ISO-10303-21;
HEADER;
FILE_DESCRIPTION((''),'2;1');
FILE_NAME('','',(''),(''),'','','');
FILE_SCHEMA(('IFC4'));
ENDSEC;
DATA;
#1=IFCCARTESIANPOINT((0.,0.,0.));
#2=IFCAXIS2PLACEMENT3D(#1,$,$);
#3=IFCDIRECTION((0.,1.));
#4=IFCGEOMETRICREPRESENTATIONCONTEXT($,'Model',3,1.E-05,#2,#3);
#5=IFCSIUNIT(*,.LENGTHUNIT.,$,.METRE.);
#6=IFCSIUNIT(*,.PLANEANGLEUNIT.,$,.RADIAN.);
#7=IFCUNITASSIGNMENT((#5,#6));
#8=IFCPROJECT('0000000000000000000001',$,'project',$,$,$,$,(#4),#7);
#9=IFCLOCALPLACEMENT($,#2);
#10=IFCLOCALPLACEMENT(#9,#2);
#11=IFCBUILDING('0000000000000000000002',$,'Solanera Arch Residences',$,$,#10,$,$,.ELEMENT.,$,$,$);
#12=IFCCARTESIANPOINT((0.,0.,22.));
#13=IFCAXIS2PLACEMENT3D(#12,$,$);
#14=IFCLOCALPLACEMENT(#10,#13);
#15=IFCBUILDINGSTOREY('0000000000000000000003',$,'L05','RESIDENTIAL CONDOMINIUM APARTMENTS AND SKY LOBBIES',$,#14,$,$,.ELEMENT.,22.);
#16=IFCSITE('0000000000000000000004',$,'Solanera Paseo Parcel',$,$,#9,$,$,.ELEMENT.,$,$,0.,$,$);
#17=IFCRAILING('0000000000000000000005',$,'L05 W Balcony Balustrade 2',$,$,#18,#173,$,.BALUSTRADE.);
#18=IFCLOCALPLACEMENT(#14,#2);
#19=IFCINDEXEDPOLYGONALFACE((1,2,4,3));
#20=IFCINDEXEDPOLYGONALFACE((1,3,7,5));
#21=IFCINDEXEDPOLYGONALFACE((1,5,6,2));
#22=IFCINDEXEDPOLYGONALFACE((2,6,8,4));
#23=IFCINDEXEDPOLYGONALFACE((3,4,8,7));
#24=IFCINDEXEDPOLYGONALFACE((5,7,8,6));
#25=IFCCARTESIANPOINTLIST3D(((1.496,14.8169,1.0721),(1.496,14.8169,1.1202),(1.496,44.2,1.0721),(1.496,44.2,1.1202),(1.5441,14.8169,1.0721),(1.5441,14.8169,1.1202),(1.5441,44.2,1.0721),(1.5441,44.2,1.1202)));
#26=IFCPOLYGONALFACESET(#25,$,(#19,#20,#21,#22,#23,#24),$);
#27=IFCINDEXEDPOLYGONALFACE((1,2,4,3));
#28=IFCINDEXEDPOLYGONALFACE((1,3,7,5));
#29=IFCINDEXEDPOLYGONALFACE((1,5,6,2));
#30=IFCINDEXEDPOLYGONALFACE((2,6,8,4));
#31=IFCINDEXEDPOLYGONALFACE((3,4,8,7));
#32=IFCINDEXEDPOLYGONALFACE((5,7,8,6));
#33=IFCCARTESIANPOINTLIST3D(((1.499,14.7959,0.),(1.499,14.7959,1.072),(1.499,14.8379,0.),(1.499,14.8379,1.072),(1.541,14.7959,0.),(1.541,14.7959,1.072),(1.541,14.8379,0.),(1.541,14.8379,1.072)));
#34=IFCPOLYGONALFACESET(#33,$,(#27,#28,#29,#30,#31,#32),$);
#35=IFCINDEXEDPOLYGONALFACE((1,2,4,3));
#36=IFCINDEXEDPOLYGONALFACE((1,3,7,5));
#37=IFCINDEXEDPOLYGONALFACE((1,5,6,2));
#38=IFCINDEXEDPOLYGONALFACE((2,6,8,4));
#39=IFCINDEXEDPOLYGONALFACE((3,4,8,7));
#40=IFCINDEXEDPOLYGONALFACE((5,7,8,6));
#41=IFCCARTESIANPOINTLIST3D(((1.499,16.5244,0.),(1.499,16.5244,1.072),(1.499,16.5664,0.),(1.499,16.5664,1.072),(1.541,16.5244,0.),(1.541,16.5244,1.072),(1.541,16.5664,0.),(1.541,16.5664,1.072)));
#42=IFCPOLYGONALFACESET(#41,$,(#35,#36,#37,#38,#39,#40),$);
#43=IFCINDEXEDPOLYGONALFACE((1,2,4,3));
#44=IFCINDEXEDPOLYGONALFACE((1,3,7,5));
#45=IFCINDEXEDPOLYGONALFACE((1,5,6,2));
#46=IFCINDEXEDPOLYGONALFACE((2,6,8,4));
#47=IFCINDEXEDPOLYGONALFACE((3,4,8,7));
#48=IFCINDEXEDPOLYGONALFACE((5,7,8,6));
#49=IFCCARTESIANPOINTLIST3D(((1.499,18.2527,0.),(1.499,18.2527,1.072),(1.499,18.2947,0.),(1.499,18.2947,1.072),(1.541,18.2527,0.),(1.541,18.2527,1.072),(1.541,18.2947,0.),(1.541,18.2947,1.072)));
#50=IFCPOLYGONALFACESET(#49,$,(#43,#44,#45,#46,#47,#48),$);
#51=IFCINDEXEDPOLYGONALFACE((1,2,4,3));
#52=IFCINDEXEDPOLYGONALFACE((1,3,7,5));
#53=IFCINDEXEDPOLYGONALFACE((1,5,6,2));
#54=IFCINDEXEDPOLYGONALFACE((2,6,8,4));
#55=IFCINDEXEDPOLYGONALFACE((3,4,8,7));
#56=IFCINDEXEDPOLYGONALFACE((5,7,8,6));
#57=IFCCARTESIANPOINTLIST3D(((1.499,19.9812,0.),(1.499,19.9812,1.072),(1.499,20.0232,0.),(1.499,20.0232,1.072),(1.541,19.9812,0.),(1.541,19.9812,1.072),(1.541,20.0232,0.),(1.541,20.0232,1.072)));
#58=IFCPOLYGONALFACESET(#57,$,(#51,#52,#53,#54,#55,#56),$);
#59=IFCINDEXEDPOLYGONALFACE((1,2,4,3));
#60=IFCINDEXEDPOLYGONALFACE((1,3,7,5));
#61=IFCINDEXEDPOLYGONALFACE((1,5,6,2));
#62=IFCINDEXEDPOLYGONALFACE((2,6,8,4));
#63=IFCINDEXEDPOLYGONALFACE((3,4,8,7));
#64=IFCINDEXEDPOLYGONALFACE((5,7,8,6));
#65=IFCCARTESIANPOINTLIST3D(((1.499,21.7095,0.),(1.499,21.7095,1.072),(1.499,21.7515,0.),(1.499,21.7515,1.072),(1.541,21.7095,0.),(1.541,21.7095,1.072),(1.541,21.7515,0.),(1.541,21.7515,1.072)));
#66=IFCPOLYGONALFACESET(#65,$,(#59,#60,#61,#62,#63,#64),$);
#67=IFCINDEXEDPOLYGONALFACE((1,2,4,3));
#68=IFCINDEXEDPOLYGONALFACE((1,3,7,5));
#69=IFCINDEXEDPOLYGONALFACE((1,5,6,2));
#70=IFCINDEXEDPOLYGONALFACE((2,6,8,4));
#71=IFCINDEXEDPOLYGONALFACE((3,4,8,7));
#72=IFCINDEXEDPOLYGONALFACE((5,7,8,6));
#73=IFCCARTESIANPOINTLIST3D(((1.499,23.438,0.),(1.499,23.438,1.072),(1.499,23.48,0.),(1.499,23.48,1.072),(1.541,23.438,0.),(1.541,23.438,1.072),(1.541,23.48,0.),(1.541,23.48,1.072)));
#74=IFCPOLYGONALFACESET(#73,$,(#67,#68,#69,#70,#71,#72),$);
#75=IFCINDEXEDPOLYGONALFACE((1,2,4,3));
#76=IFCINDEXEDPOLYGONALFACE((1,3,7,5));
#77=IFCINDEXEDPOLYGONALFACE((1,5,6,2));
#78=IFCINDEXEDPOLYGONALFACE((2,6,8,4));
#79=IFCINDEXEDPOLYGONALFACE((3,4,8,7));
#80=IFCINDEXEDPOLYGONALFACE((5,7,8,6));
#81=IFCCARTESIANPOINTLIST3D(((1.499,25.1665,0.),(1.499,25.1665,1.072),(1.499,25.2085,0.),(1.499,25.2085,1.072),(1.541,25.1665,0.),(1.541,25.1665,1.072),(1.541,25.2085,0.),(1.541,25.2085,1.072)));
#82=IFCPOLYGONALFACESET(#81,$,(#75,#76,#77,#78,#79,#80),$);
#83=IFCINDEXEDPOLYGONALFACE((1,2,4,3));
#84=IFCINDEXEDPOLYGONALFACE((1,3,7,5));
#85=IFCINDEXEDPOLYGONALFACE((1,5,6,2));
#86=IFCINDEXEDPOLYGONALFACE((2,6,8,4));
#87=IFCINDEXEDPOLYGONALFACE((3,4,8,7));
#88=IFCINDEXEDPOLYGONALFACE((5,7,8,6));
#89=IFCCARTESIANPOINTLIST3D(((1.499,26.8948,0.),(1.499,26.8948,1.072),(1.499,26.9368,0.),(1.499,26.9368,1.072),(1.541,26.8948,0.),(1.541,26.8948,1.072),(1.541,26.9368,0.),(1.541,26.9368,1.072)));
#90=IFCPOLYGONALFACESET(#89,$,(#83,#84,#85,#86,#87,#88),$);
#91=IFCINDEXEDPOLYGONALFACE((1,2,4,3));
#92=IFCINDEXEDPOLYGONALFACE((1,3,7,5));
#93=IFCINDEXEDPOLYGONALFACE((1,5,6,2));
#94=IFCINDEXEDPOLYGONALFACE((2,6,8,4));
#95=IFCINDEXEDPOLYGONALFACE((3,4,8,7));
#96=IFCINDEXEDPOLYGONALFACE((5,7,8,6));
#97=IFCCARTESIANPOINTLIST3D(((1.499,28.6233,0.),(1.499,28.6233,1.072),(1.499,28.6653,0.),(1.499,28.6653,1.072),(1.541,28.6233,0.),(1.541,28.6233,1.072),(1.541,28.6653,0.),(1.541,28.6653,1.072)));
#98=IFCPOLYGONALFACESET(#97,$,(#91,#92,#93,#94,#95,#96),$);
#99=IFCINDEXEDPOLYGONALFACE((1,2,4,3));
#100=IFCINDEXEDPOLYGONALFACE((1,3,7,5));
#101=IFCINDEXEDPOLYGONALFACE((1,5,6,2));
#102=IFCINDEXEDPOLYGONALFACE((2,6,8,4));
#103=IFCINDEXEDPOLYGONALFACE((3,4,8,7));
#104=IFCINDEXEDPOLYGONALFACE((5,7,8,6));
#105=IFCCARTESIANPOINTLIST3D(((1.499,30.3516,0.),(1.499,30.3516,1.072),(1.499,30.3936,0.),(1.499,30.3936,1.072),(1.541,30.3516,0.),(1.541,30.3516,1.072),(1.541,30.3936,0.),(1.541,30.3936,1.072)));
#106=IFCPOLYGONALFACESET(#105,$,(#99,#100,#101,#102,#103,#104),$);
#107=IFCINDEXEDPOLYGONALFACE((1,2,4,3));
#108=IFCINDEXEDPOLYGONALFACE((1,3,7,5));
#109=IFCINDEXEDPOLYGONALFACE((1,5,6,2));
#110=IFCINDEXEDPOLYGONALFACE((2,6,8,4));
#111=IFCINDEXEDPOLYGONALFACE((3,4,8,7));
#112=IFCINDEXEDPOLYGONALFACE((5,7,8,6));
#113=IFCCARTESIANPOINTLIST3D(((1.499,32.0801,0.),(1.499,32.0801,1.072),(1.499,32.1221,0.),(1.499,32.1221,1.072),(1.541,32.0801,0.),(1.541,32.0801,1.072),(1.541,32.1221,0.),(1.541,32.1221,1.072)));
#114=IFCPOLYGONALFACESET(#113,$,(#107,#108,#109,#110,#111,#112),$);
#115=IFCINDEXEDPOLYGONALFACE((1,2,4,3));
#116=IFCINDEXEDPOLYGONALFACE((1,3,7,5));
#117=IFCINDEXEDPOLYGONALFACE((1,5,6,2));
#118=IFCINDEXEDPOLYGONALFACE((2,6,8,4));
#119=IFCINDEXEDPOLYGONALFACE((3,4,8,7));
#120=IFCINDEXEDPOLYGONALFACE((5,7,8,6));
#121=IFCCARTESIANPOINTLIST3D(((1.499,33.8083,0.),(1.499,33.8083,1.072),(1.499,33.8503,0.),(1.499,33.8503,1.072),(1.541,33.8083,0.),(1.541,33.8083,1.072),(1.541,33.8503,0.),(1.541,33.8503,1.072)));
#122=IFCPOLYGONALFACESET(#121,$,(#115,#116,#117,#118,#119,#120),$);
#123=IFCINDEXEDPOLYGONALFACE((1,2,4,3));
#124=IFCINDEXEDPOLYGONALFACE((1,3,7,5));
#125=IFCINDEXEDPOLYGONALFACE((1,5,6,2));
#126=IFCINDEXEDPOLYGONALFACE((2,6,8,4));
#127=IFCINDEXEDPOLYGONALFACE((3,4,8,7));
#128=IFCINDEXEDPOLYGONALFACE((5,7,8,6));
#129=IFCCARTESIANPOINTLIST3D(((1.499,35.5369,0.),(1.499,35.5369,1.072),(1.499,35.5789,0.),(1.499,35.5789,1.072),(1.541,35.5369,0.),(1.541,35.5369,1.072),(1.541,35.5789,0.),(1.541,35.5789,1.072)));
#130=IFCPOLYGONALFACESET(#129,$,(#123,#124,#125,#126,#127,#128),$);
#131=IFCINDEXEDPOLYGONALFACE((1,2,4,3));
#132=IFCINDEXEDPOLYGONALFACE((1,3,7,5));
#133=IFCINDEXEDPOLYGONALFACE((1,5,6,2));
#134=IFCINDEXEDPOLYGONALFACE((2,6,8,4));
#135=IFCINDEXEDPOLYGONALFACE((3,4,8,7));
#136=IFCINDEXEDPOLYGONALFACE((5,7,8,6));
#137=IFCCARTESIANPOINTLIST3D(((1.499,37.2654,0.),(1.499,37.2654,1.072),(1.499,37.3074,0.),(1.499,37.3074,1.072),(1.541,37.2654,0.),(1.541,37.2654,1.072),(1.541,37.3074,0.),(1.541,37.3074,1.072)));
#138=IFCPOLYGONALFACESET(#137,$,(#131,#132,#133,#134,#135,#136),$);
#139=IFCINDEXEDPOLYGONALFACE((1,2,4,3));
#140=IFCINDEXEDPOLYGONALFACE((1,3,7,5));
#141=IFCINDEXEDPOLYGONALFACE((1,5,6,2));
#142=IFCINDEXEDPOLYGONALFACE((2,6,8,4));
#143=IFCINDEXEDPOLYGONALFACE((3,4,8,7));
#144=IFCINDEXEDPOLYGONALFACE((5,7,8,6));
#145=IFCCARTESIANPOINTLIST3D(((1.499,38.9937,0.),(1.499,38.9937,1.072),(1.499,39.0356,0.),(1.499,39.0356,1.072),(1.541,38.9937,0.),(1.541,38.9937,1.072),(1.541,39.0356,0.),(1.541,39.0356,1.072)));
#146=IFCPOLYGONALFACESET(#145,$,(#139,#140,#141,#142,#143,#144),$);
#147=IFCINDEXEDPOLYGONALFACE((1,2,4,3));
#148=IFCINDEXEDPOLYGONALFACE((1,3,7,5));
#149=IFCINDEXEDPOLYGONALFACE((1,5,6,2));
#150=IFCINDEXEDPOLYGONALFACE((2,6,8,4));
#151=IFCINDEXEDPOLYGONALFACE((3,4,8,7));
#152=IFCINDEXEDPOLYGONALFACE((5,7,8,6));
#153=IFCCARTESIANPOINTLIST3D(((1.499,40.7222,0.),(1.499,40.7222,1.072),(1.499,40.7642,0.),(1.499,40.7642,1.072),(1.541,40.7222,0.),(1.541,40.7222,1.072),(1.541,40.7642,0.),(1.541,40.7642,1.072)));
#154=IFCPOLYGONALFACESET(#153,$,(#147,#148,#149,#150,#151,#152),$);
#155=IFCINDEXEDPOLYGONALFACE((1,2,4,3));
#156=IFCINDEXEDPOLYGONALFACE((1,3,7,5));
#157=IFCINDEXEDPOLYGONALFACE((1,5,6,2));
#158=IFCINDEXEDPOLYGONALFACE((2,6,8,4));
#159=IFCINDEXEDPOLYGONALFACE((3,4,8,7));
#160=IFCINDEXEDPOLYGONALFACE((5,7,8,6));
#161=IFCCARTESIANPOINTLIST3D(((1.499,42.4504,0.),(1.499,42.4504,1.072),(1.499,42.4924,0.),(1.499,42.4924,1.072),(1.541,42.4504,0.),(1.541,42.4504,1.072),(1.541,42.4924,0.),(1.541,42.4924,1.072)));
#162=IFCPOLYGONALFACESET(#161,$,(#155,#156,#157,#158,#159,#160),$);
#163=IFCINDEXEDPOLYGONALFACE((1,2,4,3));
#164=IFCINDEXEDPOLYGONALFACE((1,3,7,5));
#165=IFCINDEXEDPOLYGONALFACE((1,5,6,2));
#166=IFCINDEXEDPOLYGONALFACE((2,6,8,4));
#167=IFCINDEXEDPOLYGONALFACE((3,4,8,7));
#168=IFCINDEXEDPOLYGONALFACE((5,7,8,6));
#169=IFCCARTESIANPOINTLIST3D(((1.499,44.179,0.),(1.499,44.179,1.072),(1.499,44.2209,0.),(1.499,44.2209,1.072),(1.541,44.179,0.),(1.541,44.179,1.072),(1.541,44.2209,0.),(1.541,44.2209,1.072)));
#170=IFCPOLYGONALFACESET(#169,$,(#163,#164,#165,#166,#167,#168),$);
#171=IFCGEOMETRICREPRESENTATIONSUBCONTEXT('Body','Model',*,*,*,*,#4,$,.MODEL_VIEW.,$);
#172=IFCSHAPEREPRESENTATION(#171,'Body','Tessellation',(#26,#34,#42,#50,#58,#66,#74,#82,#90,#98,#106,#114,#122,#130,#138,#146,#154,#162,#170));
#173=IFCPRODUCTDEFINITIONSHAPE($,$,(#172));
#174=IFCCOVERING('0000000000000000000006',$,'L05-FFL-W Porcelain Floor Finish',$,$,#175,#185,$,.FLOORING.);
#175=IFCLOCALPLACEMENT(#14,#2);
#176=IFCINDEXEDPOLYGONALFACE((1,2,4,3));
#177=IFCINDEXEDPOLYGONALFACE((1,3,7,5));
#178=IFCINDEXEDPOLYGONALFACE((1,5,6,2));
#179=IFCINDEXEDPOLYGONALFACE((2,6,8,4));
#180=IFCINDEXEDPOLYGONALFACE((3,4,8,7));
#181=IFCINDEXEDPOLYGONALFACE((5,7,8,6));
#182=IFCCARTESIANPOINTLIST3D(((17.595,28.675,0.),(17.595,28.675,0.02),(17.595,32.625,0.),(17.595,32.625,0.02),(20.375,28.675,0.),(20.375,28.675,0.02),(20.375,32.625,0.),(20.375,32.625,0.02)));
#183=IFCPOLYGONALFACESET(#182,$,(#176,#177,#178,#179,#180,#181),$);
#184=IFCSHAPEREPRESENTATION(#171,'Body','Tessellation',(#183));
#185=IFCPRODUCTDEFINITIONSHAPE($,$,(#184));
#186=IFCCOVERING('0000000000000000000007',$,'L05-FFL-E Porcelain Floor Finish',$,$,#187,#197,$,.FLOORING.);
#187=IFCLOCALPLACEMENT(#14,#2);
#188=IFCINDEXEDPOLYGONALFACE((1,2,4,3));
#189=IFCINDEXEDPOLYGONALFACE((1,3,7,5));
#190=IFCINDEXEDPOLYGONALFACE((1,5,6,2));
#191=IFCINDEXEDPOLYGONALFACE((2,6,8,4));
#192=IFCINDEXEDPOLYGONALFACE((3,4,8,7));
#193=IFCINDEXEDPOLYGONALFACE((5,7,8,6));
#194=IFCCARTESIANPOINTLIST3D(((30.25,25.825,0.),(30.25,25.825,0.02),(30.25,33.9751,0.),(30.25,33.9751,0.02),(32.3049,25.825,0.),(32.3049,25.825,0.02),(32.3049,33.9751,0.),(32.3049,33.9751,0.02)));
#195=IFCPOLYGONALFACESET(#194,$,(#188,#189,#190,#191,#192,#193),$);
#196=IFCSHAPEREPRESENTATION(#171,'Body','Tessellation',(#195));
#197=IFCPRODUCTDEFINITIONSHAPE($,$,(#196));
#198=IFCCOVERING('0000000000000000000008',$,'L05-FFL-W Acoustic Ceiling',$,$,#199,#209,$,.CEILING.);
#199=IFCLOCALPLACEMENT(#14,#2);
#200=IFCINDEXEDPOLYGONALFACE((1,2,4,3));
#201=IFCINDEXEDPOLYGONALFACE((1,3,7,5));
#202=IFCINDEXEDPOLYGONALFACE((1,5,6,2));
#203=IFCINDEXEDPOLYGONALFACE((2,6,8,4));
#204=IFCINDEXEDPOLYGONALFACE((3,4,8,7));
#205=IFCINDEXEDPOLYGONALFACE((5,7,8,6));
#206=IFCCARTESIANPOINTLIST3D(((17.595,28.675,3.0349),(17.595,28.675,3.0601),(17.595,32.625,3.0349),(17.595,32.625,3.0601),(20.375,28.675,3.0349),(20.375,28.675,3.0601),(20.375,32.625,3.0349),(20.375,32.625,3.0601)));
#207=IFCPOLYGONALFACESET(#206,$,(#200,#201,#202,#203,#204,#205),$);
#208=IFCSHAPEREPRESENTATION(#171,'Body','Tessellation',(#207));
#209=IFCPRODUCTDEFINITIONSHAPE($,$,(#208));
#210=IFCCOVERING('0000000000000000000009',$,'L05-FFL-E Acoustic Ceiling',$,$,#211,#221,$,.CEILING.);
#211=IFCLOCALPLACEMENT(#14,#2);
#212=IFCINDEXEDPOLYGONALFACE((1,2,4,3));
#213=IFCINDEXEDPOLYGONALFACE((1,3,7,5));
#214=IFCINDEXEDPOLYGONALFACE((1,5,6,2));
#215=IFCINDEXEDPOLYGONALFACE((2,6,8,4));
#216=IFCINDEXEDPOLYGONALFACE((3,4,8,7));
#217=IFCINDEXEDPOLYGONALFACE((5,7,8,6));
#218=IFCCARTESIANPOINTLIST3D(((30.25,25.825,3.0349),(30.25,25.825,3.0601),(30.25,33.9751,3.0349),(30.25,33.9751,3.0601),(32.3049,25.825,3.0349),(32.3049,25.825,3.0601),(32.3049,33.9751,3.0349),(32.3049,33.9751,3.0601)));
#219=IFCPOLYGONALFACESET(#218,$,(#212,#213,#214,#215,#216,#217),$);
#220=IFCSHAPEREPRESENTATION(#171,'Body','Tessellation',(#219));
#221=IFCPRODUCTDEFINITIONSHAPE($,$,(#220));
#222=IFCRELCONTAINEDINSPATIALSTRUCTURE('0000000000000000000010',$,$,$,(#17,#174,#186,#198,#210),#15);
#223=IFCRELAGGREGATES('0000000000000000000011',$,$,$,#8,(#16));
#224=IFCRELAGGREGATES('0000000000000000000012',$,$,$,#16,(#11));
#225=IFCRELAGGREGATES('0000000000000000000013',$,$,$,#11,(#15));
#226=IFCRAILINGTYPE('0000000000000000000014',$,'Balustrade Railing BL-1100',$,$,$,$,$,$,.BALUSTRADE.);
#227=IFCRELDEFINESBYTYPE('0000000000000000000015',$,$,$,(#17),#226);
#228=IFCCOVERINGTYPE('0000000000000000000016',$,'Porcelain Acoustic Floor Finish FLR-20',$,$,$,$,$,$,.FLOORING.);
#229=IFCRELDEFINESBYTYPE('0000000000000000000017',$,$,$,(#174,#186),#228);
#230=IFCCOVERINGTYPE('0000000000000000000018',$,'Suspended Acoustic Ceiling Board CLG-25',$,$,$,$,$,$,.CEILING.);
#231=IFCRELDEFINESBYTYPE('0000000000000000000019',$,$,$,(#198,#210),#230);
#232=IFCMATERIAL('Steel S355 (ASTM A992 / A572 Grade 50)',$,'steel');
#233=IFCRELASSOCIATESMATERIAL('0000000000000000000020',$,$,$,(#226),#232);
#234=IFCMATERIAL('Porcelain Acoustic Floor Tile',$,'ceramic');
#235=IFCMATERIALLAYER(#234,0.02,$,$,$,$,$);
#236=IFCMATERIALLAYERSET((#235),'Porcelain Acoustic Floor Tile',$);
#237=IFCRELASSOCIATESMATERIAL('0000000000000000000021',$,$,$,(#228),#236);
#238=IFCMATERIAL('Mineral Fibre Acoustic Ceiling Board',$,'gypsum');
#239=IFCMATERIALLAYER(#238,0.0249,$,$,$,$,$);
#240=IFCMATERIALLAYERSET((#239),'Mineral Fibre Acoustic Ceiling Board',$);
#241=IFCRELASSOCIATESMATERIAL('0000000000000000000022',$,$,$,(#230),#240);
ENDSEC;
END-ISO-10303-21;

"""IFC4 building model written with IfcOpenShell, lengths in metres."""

from ifc_helpers import new_model, si_unit, direction, frame, origin, origin_2d, place, context, subcontext, project, spatial, polyline, rectangle, outline, extrude, material, layer, layer_set, type_object, element, save


model = new_model("IFC4")

# Units and contexts
model_context = context("Model", 3, precision=1e-05, world=origin(), true_north=direction((0.0, 1.0)))
body_context = subcontext(model_context, "Body", "Model", "MODEL_VIEW")
ifc_project = project(units=[si_unit("LENGTHUNIT", "METRE"), si_unit("PLANEANGLEUNIT", "RADIAN")], contexts=[model_context])

# Site, building, storey
site_placement = place(None, origin())
site = spatial("IfcSite", under=ifc_project, at=site_placement, Name="Solanera Paseo Parcel", CompositionType="ELEMENT", RefElevation=0.0)
building_placement = place(site_placement, origin())
building = spatial("IfcBuilding", under=site, at=building_placement, Name="Solanera Arch Residences", CompositionType="ELEMENT")
storey_placement = place(building_placement, frame((0.0, 0.0, 22.0)))
storey = spatial("IfcBuildingStorey", under=building, at=storey_placement, Name="L05", Description="RESIDENTIAL CONDOMINIUM APARTMENTS AND SKY LOBBIES", CompositionType="ELEMENT", Elevation=22.0)

# Railing
ifc_material_1 = material(Name="Steel S355 (ASTM A992 / A572 Grade 50)", Category="steel")
railing_type = type_object("IfcRailingType", Name="Balustrade Railing BL-1100", PredefinedType="BALUSTRADE", material=ifc_material_1)
railing_placement = place(storey_placement, frame((1.52, 14.8169, 0.0)))
element("IfcRailing", 1, at=railing_placement, inside=storey, type_object=railing_type, Name="L05 W Balcony Balustrade 2", PredefinedType="BALUSTRADE", context=body_context, shape_type="SweptSolid", body=[
    extrude(rectangle(XDim=0.0481, YDim=0.0481, at=origin_2d()), frame((0.0, 0.0, 1.0962), z_axis=(0.0, 1.0, 0.0), x_axis=(-1.0, 0.0, 0.0)), (0.0, 0.0, 1.0), 29.3831),
    extrude(rectangle(XDim=0.042, YDim=0.042, at=origin_2d()), origin(), (0.0, 0.0, 1.0), 1.072),
    extrude(rectangle(XDim=0.042, YDim=0.042, at=origin_2d()), frame((0.0, 1.7285, 0.0)), (0.0, 0.0, 1.0), 1.072),
    extrude(rectangle(XDim=0.042, YDim=0.042, at=origin_2d()), frame((0.0, 3.4568, 0.0)), (0.0, 0.0, 1.0), 1.072),
    extrude(rectangle(XDim=0.042, YDim=0.042, at=origin_2d()), frame((0.0, 5.1853, 0.0)), (0.0, 0.0, 1.0), 1.072),
    extrude(rectangle(XDim=0.042, YDim=0.042, at=origin_2d()), frame((0.0, 6.9136, 0.0)), (0.0, 0.0, 1.0), 1.072),
    extrude(rectangle(XDim=0.042, YDim=0.042, at=origin_2d()), frame((0.0, 8.6421, 0.0)), (0.0, 0.0, 1.0), 1.072),
    extrude(rectangle(XDim=0.042, YDim=0.042, at=origin_2d()), frame((0.0, 10.3706, 0.0)), (0.0, 0.0, 1.0), 1.072),
    extrude(rectangle(XDim=0.042, YDim=0.042, at=origin_2d()), frame((0.0, 12.0989, 0.0)), (0.0, 0.0, 1.0), 1.072),
    extrude(rectangle(XDim=0.042, YDim=0.042, at=origin_2d()), frame((0.0, 13.8274, 0.0)), (0.0, 0.0, 1.0), 1.072),
    extrude(rectangle(XDim=0.042, YDim=0.042, at=origin_2d()), frame((0.0, 15.5557, 0.0)), (0.0, 0.0, 1.0), 1.072),
    extrude(rectangle(XDim=0.042, YDim=0.042, at=origin_2d()), frame((0.0, 17.2842, 0.0)), (0.0, 0.0, 1.0), 1.072),
    extrude(rectangle(XDim=0.042, YDim=0.042, at=origin_2d()), frame((0.0, 19.0125, 0.0)), (0.0, 0.0, 1.0), 1.072),
    extrude(rectangle(XDim=0.042, YDim=0.042, at=origin_2d()), frame((0.0, 20.741, 0.0)), (0.0, 0.0, 1.0), 1.072),
    extrude(rectangle(XDim=0.042, YDim=0.042, at=origin_2d()), frame((0.0, 22.4695, 0.0)), (0.0, 0.0, 1.0), 1.072),
    extrude(rectangle(XDim=0.042, YDim=0.042, at=origin_2d()), frame((0.0, 24.1978, 0.0)), (0.0, 0.0, 1.0), 1.072),
    extrude(rectangle(XDim=0.042, YDim=0.042, at=origin_2d()), frame((0.0, 25.9263, 0.0)), (0.0, 0.0, 1.0), 1.072),
    extrude(rectangle(XDim=0.042, YDim=0.042, at=origin_2d()), frame((0.0, 27.6545, 0.0)), (0.0, 0.0, 1.0), 1.072),
    extrude(rectangle(XDim=0.042, YDim=0.042, at=origin_2d()), frame((0.0, 29.3831, 0.0)), (0.0, 0.0, 1.0), 1.072),
])

# Coverings
ifc_material_2 = material(Name="Porcelain Acoustic Floor Tile", Category="ceramic")
ifc_layer_1 = layer(ifc_material_2, 0.02)
ifc_layer_set_1 = layer_set([ifc_layer_1], Name="Porcelain Acoustic Floor Tile")
covering_type_1 = type_object("IfcCoveringType", Name="Porcelain Acoustic Floor Finish FLR-20", PredefinedType="FLOORING", material=ifc_layer_set_1)
covering_1_placement = place(storey_placement, origin())
element("IfcCovering", 2, at=covering_1_placement, inside=storey, type_object=covering_type_1, Name="L05-FFL-W Porcelain Floor Finish", PredefinedType="FLOORING", context=body_context, shape_type="SweptSolid", body=[
    extrude(outline(polyline([(20.375, 28.675), (17.595, 28.675), (17.595, 32.625), (20.375, 32.625), (20.375, 28.675)])), origin(), (0.0, 0.0, 1.0), 0.02),
])
covering_2_placement = place(storey_placement, origin())
element("IfcCovering", 3, at=covering_2_placement, inside=storey, type_object=covering_type_1, Name="L05-FFL-E Porcelain Floor Finish", PredefinedType="FLOORING", context=body_context, shape_type="SweptSolid", body=[
    extrude(outline(polyline([(32.3049, 25.825), (30.25, 25.825), (30.25, 33.9751), (32.3049, 33.9751), (32.3049, 25.825)])), origin(), (0.0, 0.0, 1.0), 0.02),
])
ifc_material_3 = material(Name="Mineral Fibre Acoustic Ceiling Board", Category="gypsum")
ifc_layer_2 = layer(ifc_material_3, 0.0249)
ifc_layer_set_2 = layer_set([ifc_layer_2], Name="Mineral Fibre Acoustic Ceiling Board")
covering_type_2 = type_object("IfcCoveringType", Name="Suspended Acoustic Ceiling Board CLG-25", PredefinedType="CEILING", material=ifc_layer_set_2)
covering_3_placement = place(storey_placement, frame((0.0, 0.0, 3.0349)))
element("IfcCovering", 4, at=covering_3_placement, inside=storey, type_object=covering_type_2, Name="L05-FFL-W Acoustic Ceiling", PredefinedType="CEILING", context=body_context, shape_type="SweptSolid", body=[
    extrude(outline(polyline([(20.375, 28.675), (17.595, 28.675), (17.595, 32.625), (20.375, 32.625), (20.375, 28.675)])), origin(), (0.0, 0.0, 1.0), 0.0251),
])
covering_4_placement = place(storey_placement, frame((0.0, 0.0, 3.0349)))
element("IfcCovering", 5, at=covering_4_placement, inside=storey, type_object=covering_type_2, Name="L05-FFL-E Acoustic Ceiling", PredefinedType="CEILING", context=body_context, shape_type="SweptSolid", body=[
    extrude(outline(polyline([(32.3049, 25.825), (30.25, 25.825), (30.25, 33.9751), (32.3049, 33.9751), (32.3049, 25.825)])), origin(), (0.0, 0.0, 1.0), 0.0251),
])

save(model, "model.ifc")
